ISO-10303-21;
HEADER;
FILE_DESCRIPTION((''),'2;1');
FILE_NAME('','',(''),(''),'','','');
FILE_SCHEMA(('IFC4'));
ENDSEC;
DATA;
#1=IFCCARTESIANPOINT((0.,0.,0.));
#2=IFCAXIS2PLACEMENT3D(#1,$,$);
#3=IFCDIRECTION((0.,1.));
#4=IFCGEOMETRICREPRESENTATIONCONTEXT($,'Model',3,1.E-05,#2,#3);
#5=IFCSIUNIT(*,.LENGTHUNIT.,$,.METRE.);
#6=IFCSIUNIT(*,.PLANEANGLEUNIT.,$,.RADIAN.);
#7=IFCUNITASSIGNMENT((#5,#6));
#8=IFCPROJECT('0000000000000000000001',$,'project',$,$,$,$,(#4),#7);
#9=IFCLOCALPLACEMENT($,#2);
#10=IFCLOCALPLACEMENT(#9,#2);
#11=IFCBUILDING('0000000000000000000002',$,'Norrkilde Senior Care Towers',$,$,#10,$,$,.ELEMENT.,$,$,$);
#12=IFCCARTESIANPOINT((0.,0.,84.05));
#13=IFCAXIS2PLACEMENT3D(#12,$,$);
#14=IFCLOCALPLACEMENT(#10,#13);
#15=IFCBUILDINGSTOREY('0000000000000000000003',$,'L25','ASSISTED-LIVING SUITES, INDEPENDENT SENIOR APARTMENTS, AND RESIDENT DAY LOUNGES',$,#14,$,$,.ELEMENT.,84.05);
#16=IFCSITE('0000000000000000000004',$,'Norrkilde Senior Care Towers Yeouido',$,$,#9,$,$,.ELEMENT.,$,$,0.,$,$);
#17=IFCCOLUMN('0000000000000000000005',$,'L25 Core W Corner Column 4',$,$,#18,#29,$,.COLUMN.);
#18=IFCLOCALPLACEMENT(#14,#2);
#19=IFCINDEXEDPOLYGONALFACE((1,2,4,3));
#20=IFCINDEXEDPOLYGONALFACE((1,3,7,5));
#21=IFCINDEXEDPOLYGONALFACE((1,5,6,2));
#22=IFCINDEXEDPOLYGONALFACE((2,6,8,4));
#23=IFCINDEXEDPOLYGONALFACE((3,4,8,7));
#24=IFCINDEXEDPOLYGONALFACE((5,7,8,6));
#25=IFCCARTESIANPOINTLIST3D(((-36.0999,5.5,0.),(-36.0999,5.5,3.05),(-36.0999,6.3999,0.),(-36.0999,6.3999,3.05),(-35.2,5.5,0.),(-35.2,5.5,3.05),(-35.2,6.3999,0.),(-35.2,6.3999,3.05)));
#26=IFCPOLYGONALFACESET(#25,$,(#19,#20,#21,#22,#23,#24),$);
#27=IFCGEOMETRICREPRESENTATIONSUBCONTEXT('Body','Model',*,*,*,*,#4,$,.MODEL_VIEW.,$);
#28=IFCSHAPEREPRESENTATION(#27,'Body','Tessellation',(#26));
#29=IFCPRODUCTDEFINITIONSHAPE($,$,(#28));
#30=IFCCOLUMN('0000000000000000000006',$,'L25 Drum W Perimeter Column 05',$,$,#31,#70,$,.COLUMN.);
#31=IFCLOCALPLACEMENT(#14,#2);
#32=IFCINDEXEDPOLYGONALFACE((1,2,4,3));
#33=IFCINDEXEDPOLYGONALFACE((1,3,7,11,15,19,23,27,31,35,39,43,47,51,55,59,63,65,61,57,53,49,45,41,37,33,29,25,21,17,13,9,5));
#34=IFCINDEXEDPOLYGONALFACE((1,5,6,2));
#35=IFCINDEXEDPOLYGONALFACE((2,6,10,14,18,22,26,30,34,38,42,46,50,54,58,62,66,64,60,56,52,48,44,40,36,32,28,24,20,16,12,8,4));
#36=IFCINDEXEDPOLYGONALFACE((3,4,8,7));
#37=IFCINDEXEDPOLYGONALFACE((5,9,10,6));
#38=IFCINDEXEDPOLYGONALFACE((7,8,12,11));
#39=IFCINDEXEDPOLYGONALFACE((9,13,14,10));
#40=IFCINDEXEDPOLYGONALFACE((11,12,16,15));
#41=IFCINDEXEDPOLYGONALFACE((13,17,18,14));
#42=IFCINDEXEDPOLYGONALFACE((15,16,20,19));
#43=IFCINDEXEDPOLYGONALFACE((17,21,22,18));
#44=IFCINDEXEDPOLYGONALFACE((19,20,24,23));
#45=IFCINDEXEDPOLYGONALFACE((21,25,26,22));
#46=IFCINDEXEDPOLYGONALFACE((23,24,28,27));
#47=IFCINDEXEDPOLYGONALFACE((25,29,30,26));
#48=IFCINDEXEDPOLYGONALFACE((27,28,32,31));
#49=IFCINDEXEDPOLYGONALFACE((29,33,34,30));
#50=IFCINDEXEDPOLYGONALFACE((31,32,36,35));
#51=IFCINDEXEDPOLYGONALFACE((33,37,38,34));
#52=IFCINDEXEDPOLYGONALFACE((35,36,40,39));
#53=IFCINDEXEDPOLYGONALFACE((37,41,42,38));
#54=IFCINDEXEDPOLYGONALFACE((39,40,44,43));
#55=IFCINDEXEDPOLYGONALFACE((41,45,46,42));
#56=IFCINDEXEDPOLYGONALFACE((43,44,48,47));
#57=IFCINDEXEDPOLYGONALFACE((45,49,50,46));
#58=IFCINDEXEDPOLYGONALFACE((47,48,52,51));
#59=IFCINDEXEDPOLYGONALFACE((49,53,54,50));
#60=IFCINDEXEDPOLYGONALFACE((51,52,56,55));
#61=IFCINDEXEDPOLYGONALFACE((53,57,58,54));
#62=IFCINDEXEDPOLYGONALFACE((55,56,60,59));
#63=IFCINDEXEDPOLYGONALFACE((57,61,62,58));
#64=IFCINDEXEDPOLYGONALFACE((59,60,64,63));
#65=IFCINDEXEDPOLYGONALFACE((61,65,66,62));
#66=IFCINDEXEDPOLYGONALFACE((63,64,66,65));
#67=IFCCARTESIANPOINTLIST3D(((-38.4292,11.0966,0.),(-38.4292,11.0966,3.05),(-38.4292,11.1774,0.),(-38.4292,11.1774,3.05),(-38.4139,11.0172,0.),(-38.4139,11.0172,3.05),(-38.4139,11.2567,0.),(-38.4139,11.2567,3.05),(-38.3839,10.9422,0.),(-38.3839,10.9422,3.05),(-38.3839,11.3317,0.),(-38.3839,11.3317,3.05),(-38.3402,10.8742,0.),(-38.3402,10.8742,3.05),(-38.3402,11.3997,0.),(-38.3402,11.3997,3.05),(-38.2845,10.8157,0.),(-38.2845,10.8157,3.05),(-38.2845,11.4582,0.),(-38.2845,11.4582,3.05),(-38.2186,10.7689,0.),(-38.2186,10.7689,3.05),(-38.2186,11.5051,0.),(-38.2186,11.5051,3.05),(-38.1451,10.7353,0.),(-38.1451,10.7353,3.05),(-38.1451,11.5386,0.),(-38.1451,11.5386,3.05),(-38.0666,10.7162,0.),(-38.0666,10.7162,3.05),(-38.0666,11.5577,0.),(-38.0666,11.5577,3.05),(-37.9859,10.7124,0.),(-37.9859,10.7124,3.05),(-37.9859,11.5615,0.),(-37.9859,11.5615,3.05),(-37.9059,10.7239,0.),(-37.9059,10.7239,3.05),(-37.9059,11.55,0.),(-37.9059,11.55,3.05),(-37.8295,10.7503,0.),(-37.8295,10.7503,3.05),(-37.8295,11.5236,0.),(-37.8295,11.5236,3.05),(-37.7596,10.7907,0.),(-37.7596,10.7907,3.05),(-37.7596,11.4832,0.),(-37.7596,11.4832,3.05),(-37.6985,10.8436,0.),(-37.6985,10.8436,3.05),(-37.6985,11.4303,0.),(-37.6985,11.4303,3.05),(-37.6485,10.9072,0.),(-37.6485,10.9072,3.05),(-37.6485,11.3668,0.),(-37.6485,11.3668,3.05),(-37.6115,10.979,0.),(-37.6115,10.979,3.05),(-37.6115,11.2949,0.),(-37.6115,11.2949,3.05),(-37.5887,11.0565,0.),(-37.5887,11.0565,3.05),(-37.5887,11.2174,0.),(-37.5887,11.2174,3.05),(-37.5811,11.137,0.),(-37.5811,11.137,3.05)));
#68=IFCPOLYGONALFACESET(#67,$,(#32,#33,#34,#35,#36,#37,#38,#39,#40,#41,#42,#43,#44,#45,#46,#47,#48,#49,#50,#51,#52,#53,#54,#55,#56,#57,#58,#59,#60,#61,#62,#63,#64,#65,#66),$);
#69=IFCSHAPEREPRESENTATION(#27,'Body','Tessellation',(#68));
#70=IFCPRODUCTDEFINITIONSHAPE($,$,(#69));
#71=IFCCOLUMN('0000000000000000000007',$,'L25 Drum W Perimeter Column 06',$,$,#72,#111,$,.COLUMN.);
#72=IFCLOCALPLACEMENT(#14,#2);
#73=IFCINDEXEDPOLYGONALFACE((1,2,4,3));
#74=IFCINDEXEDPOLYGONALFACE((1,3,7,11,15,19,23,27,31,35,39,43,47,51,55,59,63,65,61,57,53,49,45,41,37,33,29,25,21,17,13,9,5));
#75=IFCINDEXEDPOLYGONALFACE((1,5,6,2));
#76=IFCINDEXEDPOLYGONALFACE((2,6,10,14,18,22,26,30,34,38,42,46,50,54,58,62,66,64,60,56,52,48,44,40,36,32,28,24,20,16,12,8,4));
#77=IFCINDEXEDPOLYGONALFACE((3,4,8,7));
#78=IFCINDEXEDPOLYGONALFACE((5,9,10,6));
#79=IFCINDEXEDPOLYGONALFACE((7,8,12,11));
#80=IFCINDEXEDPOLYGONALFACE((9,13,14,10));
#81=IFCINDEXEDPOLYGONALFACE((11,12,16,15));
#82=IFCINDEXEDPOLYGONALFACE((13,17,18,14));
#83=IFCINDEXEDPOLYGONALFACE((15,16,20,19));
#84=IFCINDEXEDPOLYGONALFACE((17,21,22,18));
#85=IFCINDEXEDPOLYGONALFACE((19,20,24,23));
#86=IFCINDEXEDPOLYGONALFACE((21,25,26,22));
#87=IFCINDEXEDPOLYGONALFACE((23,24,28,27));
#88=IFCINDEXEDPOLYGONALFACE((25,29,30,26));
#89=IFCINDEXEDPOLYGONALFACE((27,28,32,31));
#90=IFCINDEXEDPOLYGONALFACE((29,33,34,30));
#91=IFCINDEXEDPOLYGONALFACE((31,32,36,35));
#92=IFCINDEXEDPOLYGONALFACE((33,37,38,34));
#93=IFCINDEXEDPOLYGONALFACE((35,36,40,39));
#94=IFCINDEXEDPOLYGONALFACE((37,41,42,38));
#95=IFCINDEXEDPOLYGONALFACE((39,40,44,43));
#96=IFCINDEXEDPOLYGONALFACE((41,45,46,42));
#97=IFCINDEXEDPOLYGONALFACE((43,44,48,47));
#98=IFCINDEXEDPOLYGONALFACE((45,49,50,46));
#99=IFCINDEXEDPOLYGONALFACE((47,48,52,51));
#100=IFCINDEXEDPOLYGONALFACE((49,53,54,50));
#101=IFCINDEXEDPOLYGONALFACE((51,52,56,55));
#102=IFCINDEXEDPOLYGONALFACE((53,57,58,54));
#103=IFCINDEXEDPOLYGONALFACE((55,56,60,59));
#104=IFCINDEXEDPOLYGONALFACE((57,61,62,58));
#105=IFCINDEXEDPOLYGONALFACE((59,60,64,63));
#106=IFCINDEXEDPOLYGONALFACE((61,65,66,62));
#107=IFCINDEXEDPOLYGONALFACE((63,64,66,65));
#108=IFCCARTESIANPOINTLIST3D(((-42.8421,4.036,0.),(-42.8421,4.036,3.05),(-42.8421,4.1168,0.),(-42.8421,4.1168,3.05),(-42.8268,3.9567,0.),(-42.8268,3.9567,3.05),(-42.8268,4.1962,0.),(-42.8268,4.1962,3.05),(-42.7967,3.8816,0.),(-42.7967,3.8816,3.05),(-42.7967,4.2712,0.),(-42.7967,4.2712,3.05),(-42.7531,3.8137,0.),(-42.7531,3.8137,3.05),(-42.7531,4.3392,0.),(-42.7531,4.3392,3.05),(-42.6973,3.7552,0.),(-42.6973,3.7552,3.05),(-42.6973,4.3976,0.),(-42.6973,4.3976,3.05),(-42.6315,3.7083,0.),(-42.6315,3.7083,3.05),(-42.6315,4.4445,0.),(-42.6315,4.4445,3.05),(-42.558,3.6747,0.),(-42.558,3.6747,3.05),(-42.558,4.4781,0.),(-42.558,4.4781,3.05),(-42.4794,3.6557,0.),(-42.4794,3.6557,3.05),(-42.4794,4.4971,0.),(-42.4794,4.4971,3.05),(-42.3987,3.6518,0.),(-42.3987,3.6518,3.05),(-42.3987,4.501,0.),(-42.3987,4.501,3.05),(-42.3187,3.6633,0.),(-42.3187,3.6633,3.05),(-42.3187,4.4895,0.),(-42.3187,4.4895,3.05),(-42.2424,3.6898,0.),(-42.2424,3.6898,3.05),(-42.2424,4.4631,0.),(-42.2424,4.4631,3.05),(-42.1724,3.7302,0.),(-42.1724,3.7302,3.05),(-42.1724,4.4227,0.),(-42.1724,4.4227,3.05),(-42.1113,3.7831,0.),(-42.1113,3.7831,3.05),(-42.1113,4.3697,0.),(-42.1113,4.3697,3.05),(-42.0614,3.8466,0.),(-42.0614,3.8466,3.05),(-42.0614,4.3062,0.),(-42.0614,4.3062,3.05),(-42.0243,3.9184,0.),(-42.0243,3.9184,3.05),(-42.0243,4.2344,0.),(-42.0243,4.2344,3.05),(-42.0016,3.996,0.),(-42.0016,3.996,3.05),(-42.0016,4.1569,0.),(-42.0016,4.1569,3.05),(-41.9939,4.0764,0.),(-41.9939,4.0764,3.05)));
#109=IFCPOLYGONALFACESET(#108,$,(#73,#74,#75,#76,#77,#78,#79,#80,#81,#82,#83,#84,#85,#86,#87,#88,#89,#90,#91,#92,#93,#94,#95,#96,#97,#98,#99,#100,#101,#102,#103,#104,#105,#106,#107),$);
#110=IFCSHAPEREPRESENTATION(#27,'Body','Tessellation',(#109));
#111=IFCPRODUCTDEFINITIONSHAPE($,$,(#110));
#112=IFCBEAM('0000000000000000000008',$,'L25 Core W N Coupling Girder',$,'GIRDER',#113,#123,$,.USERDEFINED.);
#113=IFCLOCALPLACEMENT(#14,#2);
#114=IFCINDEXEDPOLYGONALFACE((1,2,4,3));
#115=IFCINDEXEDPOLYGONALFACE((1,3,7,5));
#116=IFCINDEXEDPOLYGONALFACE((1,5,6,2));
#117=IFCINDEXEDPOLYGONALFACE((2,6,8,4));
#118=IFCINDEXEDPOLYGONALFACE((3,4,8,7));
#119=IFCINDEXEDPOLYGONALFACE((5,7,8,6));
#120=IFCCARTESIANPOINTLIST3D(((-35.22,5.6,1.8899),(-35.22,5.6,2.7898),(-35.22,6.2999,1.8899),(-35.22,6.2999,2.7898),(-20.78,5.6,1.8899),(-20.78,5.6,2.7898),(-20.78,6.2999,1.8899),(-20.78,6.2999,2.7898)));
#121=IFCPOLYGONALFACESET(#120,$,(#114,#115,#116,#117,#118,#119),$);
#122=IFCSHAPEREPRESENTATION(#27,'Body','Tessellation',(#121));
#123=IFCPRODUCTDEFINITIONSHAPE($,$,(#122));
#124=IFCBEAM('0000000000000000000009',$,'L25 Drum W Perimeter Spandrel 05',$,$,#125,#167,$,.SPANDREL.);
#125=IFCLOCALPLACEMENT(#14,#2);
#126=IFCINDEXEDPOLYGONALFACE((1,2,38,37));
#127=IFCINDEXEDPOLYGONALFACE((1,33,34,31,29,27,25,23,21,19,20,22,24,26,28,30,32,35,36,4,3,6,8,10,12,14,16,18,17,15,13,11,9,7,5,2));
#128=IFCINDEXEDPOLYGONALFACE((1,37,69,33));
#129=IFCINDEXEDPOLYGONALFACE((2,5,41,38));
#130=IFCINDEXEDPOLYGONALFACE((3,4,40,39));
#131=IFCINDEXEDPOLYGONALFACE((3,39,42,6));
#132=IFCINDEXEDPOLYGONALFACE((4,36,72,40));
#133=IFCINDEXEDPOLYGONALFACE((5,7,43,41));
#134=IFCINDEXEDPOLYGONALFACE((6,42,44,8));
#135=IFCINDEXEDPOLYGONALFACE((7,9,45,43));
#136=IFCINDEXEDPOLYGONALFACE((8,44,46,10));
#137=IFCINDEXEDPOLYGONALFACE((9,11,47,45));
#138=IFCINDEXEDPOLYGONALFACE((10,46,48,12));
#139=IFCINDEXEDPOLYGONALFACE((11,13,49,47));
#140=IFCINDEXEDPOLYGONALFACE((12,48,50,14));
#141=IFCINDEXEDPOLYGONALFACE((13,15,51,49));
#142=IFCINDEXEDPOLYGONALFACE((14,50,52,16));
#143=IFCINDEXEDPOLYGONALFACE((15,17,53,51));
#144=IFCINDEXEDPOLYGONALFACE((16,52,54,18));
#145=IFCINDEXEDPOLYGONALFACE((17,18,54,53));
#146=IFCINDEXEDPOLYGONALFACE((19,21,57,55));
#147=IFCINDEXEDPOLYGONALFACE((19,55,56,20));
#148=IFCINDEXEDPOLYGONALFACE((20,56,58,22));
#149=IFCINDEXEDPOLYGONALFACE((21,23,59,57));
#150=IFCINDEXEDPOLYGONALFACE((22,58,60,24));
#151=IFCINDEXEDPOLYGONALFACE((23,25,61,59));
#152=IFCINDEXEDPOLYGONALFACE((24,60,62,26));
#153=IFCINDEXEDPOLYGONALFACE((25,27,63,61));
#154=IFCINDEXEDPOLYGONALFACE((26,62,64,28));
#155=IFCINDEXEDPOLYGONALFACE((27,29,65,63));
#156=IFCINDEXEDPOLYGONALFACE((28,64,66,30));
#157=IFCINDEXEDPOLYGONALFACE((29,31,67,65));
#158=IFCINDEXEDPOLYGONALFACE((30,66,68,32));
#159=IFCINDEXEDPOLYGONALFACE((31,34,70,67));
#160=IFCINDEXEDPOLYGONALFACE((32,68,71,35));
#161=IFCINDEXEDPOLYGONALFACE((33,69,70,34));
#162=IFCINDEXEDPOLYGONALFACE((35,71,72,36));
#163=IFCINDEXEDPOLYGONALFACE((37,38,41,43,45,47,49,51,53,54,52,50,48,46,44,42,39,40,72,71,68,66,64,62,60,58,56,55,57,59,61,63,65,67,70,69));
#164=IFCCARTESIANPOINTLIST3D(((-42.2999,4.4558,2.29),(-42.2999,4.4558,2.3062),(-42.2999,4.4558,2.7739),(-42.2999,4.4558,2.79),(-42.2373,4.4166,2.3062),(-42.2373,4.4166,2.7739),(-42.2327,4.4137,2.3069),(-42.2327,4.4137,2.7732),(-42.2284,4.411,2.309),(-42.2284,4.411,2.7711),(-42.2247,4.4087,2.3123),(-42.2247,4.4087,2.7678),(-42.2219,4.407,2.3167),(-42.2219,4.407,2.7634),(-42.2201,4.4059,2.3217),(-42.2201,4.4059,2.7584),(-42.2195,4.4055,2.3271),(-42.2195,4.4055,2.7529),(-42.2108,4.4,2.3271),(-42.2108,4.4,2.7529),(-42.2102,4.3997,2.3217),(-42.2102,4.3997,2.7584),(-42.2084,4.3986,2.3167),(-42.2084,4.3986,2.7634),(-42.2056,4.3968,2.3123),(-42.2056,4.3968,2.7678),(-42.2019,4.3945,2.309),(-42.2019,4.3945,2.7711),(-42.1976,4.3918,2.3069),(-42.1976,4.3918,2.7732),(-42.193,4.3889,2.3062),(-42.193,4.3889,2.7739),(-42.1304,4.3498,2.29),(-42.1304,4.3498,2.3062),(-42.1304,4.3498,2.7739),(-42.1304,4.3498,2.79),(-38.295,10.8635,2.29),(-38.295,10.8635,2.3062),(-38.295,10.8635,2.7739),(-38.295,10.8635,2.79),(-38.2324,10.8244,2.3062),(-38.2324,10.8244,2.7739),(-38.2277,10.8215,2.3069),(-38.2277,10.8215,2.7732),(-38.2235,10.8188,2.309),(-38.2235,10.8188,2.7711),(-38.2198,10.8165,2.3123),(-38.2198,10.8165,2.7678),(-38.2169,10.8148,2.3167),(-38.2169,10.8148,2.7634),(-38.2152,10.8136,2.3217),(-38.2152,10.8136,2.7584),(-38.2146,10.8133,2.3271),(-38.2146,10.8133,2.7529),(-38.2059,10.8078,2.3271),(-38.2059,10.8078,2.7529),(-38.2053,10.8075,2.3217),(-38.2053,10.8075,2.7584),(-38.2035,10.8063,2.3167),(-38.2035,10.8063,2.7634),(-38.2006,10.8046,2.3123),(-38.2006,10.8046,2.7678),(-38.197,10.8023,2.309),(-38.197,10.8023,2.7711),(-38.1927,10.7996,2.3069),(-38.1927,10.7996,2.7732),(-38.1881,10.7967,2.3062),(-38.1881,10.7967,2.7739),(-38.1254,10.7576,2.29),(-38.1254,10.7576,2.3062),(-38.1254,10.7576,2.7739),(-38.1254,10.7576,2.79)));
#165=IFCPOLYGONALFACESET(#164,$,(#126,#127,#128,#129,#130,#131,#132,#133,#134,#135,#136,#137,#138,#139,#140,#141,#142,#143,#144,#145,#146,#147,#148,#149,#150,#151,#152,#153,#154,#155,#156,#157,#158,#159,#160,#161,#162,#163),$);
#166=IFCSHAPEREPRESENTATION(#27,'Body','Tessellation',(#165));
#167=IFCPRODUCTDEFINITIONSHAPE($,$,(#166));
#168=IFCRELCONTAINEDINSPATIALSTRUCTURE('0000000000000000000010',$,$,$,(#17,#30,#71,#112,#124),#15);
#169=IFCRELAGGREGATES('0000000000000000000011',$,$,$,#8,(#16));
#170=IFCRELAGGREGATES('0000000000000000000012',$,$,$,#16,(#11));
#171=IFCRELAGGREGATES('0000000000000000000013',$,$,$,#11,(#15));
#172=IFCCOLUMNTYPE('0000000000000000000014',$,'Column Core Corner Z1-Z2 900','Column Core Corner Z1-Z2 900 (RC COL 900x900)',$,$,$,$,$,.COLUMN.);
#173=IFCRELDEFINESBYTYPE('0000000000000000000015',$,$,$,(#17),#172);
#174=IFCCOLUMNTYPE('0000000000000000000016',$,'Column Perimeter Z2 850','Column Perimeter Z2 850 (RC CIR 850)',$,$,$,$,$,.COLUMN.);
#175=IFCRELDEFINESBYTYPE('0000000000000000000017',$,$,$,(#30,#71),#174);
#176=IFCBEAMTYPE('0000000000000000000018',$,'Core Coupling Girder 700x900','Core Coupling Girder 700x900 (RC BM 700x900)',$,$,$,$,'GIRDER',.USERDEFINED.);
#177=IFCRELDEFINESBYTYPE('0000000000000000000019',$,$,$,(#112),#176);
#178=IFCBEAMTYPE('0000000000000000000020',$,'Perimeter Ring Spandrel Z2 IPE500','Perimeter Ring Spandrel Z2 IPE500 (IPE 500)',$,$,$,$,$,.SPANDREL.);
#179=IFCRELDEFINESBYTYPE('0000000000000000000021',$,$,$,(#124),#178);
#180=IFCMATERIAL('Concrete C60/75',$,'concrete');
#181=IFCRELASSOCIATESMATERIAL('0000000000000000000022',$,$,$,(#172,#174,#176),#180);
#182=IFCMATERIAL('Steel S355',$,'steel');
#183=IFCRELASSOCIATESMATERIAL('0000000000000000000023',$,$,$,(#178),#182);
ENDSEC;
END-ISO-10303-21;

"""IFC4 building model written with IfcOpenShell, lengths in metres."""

from ifc_helpers import new_model, si_unit, direction, frame, origin, origin_2d, place, context, subcontext, project, spatial, rectangle, circle, i_section, extrude, source, transform, mapped, material, material_profile, profile_set, type_object, type_shapes, element, save


model = new_model("IFC4")

# Units and contexts
model_context = context("Model", 3, precision=1e-05, world=origin(), true_north=direction((0.0, 1.0)))
body_context = subcontext(model_context, "Body", "Model", "MODEL_VIEW")
ifc_project = project(units=[si_unit("LENGTHUNIT", "METRE"), si_unit("PLANEANGLEUNIT", "RADIAN")], contexts=[model_context])

# Site, building, storey
site_placement = place(None, origin())
site = spatial("IfcSite", under=ifc_project, at=site_placement, Name="Norrkilde Senior Care Towers Yeouido", CompositionType="ELEMENT", RefElevation=0.0)
building_placement = place(site_placement, origin())
building = spatial("IfcBuilding", under=site, at=building_placement, Name="Norrkilde Senior Care Towers", CompositionType="ELEMENT")
storey_placement = place(building_placement, frame((0.0, 0.0, 84.05)))
storey = spatial("IfcBuildingStorey", under=building, at=storey_placement, Name="L25", Description="ASSISTED-LIVING SUITES, INDEPENDENT SENIOR APARTMENTS, AND RESIDENT DAY LOUNGES", CompositionType="ELEMENT", Elevation=84.05)

# Columns
ifc_material_1 = material(Name="Concrete C60/75", Category="concrete")
ifc_material_profile_1 = material_profile(ifc_material_1, rectangle(XDim=0.8999, YDim=0.8999, at=origin_2d()), Name="RC COL 900x900")
ifc_profile_set_1 = profile_set([ifc_material_profile_1], Name="Concrete C60/75")
column_type_1 = type_object("IfcColumnType", Name="Column Core Corner Z1-Z2 900", Description="Column Core Corner Z1-Z2 900 (RC COL 900x900)", PredefinedType="COLUMN", material=ifc_profile_set_1)
shared_shape_1 = source(origin(), body_context, "Body", "SweptSolid", [
    extrude(rectangle(XDim=0.8999, YDim=0.8999, at=origin_2d()), origin(), (0.0, 0.0, 1.0), 3.05),
])
type_shapes(column_type_1, [shared_shape_1])
column_placement = place(storey_placement, frame((-35.6499, 5.95, 0.0), z_axis=(0.0, 0.0, 1.0), x_axis=(1.0, 0.0, 0.0)))
element("IfcColumn", 1, at=column_placement, inside=storey, type_object=column_type_1, Name="L25 Core W Corner Column 4", PredefinedType="COLUMN", context=body_context, shape_type="MappedRepresentation", body=[
    mapped(shared_shape_1, transform((0.0, 0.0, 0.0), x_axis=(1.0, 0.0, 0.0), y_axis=(0.0, 1.0, 0.0), z_axis=(0.0, 0.0, 1.0), scale=1.0)),
])
ifc_material_profile_2 = material_profile(ifc_material_1, circle(Radius=0.425, at=origin_2d()), Name="RC CIR 850")
ifc_profile_set_2 = profile_set([ifc_material_profile_2], Name="Concrete C60/75")
column_type_2 = type_object("IfcColumnType", Name="Column Perimeter Z2 850", Description="Column Perimeter Z2 850 (RC CIR 850)", PredefinedType="COLUMN", material=ifc_profile_set_2)
shared_shape_2 = source(origin(), body_context, "Body", "SweptSolid", [
    extrude(circle(Radius=0.425, at=origin_2d()), origin(), (0.0, 0.0, 1.0), 3.05),
])
type_shapes(column_type_2, [shared_shape_2])
for number, where, z_axis, x_axis, name in (
    (2, (-38.0061, 11.137, 0.0), (0.0, 0.0, 1.0), (1.0, 0.0, 0.0), "L25 Drum W Perimeter Column 05"),
    (3, (-42.4189, 4.0764, 0.0), (0.0, 0.0, 1.0), (1.0, 0.0, 0.0), "L25 Drum W Perimeter Column 06"),
):
    element("IfcColumn", number, at=place(storey_placement, frame(where, z_axis=z_axis, x_axis=x_axis)), inside=storey, type_object=column_type_2, Name=name, PredefinedType="COLUMN", context=body_context, shape_type="MappedRepresentation", body=[
        mapped(shared_shape_2, transform((0.0, 0.0, 0.0), x_axis=(1.0, 0.0, 0.0), y_axis=(0.0, 1.0, 0.0), z_axis=(0.0, 0.0, 1.0), scale=1.0)),
    ])

# Beams
ifc_material_profile_3 = material_profile(ifc_material_1, rectangle(XDim=0.7, YDim=0.8999, at=origin_2d()), Name="RC BM 700x900")
ifc_profile_set_3 = profile_set([ifc_material_profile_3], Name="Concrete C60/75")
beam_type_1 = type_object("IfcBeamType", Name="Core Coupling Girder 700x900", Description="Core Coupling Girder 700x900 (RC BM 700x900)", ElementType="GIRDER", PredefinedType="USERDEFINED", material=ifc_profile_set_3)
shared_shape_3 = source(origin(), body_context, "Body", "SweptSolid", [
    extrude(rectangle(XDim=0.7, YDim=0.8999, at=origin_2d()), origin(), (0.0, 0.0, 1.0), 14.4399),
])
type_shapes(beam_type_1, [shared_shape_3])
beam_1_placement = place(storey_placement, frame((-35.22, 5.95, 2.3398), z_axis=(1.0, 0.0, 0.0), x_axis=(0.0, 1.0, 0.0)))
element("IfcBeam", 4, at=beam_1_placement, inside=storey, type_object=beam_type_1, Name="L25 Core W N Coupling Girder", ObjectType="GIRDER", PredefinedType="USERDEFINED", context=body_context, shape_type="MappedRepresentation", body=[
    mapped(shared_shape_3, transform((0.0, 0.0, 0.0), x_axis=(1.0, 0.0, 0.0), y_axis=(0.0, 1.0, 0.0), z_axis=(0.0, 0.0, 1.0), scale=1.0)),
])
ifc_material_2 = material(Name="Steel S355", Category="steel")
ifc_material_profile_4 = material_profile(ifc_material_2, i_section(OverallWidth=0.2, OverallDepth=0.5, WebThickness=0.0103, FlangeThickness=0.0161, FilletRadius=0.021, at=origin_2d()), Name="IPE 500")
ifc_profile_set_4 = profile_set([ifc_material_profile_4], Name="Steel S355")
beam_type_2 = type_object("IfcBeamType", Name="Perimeter Ring Spandrel Z2 IPE500", Description="Perimeter Ring Spandrel Z2 IPE500 (IPE 500)", PredefinedType="SPANDREL", material=ifc_profile_set_4)
shared_shape_4 = source(origin(), body_context, "Body", "SweptSolid", [
    extrude(i_section(OverallWidth=0.2, OverallDepth=0.5, WebThickness=0.0103, FlangeThickness=0.0161, FilletRadius=0.021, at=origin_2d()), origin(), (0.0, 0.0, 1.0), 7.5564),
])
beam_2_placement = place(storey_placement, frame((-38.2102, 10.8105, 2.54), z_axis=(-0.530005, -0.847995, 0.0), x_axis=(0.847995, -0.530005, 0.0)))
element("IfcBeam", 5, at=beam_2_placement, inside=storey, type_object=beam_type_2, Name="L25 Drum W Perimeter Spandrel 05", PredefinedType="SPANDREL", context=body_context, shape_type="MappedRepresentation", body=[
    mapped(shared_shape_4, transform((0.0, 0.0, 0.0), x_axis=(1.0, 0.0, 0.0), y_axis=(0.0, 1.0, 0.0), z_axis=(0.0, 0.0, 1.0), scale=1.0)),
])

save(model, "model.ifc")
